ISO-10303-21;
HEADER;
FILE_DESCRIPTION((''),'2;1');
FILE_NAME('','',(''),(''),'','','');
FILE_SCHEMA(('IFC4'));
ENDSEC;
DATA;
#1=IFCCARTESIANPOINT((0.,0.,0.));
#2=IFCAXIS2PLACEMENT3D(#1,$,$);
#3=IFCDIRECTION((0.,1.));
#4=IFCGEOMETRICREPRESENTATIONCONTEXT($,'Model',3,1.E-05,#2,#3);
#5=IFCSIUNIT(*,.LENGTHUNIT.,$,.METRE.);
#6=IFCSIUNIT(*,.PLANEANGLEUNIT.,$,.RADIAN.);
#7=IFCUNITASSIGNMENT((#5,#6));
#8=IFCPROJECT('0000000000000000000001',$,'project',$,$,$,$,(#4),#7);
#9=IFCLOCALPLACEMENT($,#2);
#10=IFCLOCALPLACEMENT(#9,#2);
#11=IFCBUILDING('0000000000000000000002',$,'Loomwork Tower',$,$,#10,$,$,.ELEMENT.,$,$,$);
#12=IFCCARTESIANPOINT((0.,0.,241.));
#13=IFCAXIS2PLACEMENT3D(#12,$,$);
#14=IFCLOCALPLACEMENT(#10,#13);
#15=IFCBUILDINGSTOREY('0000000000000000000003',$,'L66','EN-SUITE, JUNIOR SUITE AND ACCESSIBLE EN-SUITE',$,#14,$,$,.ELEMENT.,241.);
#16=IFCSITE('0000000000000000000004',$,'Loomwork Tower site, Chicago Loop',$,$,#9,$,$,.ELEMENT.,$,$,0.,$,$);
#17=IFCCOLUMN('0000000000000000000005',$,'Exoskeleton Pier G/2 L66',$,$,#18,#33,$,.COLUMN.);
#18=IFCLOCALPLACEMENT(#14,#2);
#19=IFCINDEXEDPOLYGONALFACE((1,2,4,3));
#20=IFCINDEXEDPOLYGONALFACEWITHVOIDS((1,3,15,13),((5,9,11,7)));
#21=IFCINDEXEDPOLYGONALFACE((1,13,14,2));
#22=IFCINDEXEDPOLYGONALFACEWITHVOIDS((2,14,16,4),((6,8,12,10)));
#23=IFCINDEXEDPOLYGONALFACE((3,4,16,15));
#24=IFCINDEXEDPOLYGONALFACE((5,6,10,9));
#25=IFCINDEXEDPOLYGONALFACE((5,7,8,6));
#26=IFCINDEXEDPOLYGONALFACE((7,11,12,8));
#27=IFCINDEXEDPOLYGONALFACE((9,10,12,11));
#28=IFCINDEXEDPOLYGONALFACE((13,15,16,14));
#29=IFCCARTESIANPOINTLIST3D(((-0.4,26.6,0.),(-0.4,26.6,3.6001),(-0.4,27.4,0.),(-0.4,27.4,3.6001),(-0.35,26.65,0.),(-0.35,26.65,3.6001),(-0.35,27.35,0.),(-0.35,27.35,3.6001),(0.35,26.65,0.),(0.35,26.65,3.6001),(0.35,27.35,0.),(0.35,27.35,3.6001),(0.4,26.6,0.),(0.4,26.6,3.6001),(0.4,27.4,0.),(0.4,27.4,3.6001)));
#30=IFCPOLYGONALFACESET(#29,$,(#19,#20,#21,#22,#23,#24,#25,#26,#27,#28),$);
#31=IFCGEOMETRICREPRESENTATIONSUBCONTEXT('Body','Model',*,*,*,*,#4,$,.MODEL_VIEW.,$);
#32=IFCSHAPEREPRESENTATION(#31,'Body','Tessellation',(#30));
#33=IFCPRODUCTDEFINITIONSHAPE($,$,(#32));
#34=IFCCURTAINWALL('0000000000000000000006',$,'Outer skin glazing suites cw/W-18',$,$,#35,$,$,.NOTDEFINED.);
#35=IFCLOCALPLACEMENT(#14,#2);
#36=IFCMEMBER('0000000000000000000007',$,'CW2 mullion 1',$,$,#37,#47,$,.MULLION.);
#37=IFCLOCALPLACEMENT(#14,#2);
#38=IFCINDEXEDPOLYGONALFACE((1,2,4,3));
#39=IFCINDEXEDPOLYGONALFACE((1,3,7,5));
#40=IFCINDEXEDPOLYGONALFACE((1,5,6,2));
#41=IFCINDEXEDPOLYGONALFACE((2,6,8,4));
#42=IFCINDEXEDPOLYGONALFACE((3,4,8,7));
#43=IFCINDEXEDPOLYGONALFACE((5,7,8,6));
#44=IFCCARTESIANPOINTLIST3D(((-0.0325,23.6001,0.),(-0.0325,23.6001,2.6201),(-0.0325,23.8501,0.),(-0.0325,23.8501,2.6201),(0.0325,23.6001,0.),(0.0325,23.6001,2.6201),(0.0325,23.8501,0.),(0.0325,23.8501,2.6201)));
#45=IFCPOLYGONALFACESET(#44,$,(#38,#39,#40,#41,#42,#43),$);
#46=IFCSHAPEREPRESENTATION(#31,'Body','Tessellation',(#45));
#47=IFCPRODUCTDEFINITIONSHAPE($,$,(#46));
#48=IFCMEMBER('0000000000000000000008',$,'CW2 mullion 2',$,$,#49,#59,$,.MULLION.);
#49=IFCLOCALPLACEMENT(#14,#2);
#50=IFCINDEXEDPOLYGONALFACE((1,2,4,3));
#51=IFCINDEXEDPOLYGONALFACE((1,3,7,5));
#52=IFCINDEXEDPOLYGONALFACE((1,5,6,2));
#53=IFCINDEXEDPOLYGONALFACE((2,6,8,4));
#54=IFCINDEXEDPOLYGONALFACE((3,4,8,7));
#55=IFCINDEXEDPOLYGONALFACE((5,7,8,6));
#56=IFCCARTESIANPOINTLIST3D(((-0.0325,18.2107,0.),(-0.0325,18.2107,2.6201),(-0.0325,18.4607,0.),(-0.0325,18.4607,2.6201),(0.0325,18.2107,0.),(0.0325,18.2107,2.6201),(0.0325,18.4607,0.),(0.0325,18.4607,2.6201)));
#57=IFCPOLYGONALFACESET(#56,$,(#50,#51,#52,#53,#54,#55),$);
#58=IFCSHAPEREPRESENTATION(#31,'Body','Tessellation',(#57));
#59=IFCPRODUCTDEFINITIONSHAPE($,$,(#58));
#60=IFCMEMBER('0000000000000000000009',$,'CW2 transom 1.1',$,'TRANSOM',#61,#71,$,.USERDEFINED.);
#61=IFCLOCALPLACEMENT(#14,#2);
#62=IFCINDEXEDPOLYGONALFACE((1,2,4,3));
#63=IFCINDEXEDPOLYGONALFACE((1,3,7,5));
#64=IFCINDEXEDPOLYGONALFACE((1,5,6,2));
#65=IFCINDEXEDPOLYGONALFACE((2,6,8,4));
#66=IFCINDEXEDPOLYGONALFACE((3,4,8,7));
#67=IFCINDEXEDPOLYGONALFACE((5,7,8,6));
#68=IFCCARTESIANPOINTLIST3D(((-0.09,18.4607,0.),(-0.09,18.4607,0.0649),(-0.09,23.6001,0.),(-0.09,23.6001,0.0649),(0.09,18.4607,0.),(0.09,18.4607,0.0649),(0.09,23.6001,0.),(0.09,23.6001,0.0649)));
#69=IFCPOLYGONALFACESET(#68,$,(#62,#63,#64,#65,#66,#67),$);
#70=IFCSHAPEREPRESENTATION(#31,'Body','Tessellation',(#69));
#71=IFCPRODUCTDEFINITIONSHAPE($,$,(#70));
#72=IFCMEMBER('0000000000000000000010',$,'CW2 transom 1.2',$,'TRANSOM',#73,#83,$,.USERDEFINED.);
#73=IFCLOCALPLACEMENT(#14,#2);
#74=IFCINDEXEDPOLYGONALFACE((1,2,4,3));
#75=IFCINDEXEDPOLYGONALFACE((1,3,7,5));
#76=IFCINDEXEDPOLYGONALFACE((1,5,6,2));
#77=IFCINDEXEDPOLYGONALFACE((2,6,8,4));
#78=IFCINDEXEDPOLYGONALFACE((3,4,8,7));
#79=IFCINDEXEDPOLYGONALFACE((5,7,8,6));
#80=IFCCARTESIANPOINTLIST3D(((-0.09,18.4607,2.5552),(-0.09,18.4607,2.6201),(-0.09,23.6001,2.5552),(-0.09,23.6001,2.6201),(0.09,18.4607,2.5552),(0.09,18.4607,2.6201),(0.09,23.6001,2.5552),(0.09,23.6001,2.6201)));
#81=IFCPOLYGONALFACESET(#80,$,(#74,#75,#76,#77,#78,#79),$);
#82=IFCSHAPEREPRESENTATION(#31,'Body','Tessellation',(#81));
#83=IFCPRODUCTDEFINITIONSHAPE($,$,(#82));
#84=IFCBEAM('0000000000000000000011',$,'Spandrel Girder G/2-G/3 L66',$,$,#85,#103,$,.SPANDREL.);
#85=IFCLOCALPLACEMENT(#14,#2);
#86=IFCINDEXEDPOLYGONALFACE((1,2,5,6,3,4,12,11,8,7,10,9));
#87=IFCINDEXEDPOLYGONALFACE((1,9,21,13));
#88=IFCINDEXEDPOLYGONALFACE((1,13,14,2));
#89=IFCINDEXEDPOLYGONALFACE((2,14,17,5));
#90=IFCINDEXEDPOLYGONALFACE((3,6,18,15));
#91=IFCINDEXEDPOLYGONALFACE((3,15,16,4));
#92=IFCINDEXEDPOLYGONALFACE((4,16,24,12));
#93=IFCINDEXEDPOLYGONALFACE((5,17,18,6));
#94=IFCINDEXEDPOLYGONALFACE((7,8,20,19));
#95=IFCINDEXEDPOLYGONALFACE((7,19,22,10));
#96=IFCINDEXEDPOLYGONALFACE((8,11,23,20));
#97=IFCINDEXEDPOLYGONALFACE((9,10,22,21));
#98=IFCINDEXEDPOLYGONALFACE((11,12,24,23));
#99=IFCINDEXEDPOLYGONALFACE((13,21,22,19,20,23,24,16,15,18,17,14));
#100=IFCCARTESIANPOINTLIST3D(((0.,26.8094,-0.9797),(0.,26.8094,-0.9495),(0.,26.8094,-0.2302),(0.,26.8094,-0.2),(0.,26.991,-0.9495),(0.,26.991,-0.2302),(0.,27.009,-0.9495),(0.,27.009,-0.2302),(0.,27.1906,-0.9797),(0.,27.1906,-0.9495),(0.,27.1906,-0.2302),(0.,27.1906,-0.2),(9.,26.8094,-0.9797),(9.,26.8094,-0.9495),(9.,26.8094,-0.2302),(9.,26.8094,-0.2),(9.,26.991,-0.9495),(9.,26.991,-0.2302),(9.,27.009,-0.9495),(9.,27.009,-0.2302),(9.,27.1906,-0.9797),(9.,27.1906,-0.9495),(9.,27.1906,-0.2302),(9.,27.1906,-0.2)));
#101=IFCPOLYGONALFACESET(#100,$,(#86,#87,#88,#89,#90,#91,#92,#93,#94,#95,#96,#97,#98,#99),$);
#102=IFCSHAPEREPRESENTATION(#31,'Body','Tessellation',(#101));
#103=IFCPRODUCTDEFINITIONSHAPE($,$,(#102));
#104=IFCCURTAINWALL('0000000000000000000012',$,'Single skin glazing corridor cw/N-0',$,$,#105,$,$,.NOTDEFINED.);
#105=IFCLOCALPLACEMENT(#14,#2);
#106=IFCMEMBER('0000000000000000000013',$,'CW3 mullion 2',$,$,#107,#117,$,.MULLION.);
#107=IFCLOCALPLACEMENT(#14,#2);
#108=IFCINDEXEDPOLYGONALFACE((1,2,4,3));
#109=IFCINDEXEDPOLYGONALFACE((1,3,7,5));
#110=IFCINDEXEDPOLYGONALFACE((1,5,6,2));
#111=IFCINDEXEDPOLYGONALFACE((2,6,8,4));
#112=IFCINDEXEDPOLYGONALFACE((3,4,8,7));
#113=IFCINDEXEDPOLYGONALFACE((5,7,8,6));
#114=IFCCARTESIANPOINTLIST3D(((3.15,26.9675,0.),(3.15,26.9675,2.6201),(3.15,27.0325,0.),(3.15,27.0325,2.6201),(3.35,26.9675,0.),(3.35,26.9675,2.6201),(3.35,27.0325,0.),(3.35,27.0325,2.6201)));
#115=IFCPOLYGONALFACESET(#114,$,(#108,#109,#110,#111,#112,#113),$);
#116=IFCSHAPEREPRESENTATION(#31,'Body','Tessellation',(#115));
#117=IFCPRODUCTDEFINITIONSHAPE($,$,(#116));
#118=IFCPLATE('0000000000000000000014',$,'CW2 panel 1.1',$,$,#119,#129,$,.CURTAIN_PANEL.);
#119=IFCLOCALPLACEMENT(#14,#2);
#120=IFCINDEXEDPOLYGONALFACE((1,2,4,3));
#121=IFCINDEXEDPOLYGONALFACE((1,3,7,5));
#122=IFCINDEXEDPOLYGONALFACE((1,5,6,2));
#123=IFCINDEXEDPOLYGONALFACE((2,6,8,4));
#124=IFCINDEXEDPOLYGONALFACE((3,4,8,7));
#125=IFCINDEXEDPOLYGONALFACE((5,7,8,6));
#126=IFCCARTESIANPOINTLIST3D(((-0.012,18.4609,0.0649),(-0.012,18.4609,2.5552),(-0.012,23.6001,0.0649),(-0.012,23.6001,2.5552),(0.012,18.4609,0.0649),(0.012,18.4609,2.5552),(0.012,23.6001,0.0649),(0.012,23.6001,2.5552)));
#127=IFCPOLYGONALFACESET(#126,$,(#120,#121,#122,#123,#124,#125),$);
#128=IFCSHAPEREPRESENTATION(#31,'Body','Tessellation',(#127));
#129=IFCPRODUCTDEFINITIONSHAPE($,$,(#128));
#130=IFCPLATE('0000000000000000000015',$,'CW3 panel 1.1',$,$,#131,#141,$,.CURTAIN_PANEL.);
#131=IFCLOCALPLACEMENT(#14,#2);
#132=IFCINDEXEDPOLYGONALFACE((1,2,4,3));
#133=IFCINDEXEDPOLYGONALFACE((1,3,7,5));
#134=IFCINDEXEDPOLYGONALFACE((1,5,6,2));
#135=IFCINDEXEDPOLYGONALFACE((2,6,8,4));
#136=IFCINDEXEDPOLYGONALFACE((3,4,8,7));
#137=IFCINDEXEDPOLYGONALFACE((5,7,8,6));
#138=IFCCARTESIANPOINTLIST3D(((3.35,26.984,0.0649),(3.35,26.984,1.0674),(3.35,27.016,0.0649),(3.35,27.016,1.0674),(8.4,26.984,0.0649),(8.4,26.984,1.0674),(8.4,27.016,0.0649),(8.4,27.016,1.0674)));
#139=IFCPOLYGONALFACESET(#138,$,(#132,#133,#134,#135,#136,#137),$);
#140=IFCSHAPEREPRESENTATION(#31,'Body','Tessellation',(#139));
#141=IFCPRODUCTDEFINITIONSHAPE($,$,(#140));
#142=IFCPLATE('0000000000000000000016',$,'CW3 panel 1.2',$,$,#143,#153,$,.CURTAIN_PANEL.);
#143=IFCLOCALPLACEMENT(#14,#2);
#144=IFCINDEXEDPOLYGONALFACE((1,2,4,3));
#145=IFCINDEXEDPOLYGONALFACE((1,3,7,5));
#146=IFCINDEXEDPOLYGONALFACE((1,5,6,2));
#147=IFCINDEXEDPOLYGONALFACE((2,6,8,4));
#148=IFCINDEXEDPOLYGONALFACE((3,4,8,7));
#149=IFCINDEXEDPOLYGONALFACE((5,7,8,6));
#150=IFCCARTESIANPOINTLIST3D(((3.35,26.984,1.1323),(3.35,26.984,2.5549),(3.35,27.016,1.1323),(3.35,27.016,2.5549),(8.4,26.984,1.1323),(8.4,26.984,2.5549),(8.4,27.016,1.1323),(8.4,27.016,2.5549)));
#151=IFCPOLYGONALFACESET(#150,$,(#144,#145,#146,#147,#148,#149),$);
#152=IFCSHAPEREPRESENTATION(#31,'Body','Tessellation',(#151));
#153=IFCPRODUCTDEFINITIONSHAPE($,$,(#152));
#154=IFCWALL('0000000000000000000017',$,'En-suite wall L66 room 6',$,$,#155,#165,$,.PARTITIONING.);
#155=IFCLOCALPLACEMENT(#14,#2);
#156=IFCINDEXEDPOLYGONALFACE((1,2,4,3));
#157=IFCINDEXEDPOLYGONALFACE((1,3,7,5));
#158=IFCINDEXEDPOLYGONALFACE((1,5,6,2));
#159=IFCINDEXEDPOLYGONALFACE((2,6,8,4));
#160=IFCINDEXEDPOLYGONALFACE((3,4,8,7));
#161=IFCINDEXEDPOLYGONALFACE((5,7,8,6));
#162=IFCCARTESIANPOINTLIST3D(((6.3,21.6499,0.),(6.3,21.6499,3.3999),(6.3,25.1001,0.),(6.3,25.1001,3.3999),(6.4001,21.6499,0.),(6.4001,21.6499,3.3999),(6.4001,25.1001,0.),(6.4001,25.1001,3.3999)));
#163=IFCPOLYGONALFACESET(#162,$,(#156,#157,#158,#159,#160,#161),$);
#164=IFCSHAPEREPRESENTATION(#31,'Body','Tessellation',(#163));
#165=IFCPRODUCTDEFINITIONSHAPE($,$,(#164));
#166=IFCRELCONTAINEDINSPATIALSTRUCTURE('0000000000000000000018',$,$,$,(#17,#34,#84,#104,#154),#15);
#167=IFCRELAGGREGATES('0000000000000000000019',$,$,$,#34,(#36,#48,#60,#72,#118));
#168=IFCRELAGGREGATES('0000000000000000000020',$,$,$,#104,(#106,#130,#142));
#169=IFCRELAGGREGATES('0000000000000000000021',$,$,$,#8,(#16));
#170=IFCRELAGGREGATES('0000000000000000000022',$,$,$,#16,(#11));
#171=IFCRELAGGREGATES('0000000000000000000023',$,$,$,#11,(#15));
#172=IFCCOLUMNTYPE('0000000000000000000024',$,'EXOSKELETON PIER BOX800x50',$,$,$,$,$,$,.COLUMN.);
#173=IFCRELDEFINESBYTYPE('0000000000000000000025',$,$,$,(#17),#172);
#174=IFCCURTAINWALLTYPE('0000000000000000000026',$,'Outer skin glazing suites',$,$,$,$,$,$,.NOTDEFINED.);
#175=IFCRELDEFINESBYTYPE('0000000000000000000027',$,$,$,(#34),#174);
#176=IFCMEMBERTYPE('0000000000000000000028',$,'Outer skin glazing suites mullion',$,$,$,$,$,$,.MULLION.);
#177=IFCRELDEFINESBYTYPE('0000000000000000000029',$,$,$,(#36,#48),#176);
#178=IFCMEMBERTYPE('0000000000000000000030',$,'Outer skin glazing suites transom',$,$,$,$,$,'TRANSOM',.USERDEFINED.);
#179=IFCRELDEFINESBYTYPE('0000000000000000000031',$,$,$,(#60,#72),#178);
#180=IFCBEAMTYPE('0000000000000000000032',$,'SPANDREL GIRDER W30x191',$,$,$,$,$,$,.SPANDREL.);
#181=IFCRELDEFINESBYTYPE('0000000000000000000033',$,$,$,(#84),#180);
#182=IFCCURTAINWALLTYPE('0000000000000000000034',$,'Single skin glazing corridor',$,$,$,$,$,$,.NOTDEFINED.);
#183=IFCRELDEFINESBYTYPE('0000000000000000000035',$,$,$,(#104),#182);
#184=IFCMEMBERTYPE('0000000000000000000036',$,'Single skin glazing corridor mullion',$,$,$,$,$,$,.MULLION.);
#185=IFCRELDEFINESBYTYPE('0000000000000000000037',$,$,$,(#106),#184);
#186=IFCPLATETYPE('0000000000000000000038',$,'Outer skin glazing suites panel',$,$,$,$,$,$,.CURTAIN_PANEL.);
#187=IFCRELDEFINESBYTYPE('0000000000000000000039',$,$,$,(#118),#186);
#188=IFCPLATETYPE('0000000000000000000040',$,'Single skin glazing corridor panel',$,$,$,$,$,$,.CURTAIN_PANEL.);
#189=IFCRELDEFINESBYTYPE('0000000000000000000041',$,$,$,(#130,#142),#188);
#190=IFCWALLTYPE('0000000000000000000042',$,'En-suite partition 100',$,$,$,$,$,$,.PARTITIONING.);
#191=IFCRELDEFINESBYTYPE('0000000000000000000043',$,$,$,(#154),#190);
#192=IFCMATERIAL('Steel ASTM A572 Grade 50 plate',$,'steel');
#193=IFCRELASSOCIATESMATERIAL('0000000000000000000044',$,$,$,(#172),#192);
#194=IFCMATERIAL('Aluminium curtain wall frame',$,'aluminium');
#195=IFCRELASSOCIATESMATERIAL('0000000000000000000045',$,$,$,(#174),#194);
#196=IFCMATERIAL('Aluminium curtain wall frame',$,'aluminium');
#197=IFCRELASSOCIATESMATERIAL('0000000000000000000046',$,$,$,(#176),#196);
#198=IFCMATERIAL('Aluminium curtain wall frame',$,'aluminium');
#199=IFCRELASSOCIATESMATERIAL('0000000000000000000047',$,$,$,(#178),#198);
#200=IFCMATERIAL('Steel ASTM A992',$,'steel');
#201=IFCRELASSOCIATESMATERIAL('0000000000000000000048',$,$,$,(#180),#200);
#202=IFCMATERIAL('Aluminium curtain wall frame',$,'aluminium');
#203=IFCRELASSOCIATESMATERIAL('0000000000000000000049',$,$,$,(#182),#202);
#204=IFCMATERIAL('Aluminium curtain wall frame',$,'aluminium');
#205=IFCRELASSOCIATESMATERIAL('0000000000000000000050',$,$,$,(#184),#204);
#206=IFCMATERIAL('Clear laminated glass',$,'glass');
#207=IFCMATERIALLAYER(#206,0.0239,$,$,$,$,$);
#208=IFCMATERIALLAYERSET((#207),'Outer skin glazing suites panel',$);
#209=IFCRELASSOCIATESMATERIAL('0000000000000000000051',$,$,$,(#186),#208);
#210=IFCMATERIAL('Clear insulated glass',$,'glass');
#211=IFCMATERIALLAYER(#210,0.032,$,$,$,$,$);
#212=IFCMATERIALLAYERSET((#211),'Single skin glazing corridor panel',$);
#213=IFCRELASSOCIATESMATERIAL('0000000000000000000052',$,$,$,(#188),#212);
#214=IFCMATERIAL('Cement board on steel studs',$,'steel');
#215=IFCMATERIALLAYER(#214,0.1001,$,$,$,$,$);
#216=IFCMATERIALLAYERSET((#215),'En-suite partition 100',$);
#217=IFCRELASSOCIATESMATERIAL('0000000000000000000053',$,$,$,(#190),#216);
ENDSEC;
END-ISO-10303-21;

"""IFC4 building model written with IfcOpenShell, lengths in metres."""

from ifc_helpers import new_model, si_unit, direction, frame, frame_2d, origin, origin_2d, place, context, subcontext, project, spatial, rectangle, hollow_rectangle, i_section, extrude, material, layer, layer_set, material_profile, profile_set, type_object, element, aggregate, save


model = new_model("IFC4")

# Units and contexts
model_context = context("Model", 3, precision=1e-05, world=origin(), true_north=direction((0.0, 1.0)))
body_context = subcontext(model_context, "Body", "Model", "MODEL_VIEW")
ifc_project = project(units=[si_unit("LENGTHUNIT", "METRE"), si_unit("PLANEANGLEUNIT", "RADIAN")], contexts=[model_context])

# Site, building, storey
site_placement = place(None, origin())
site = spatial("IfcSite", under=ifc_project, at=site_placement, Name="Loomwork Tower site, Chicago Loop", CompositionType="ELEMENT", RefElevation=0.0)
building_placement = place(site_placement, origin())
building = spatial("IfcBuilding", under=site, at=building_placement, Name="Loomwork Tower", CompositionType="ELEMENT")
storey_placement = place(building_placement, frame((0.0, 0.0, 241.0)))
storey = spatial("IfcBuildingStorey", under=building, at=storey_placement, Name="L66", Description="EN-SUITE, JUNIOR SUITE AND ACCESSIBLE EN-SUITE", CompositionType="ELEMENT", Elevation=241.0)

# Column
ifc_material_1 = material(Name="Steel ASTM A572 Grade 50 plate", Category="steel")
ifc_material_profile_1 = material_profile(ifc_material_1, hollow_rectangle(XDim=0.8, YDim=0.8, WallThickness=0.05, at=origin_2d()), Name="BOX800x50")
ifc_profile_set_1 = profile_set([ifc_material_profile_1], Name="Steel ASTM A572 Grade 50 plate")
column_type = type_object("IfcColumnType", Name="EXOSKELETON PIER BOX800x50", PredefinedType="COLUMN", material=ifc_profile_set_1)
column_placement = place(storey_placement, frame((0.0, 27.0, 0.0), z_axis=(0.0, 0.0, 1.0), x_axis=(0.0, 1.0, 0.0)))
element("IfcColumn", 1, at=column_placement, inside=storey, type_object=column_type, Name="Exoskeleton Pier G/2 L66", PredefinedType="COLUMN", context=body_context, shape_type="SweptSolid", body=[
    extrude(hollow_rectangle(XDim=0.8, YDim=0.8, WallThickness=0.05, at=origin_2d()), origin(), (0.0, 0.0, 1.0), 3.6001),
])

# Curtain wall, members
ifc_material_2 = material(Name="Aluminium curtain wall frame", Category="aluminium")
curtain_wall_type_1 = type_object("IfcCurtainWallType", Name="Outer skin glazing suites", PredefinedType="NOTDEFINED", material=ifc_material_2)
curtain_wall_1_placement = place(storey_placement, origin())
curtain_wall_1 = element("IfcCurtainWall", 2, at=curtain_wall_1_placement, inside=storey, type_object=curtain_wall_type_1, Name="Outer skin glazing suites cw/W-18", PredefinedType="NOTDEFINED")
ifc_material_3 = material(Name="Aluminium curtain wall frame", Category="aluminium")
ifc_material_profile_2 = material_profile(ifc_material_3, rectangle(XDim=0.0649, YDim=0.25, at=origin_2d()), Name="AL 65x250")
ifc_profile_set_2 = profile_set([ifc_material_profile_2], Name="Aluminium curtain wall frame")
member_type_1 = type_object("IfcMemberType", Name="Outer skin glazing suites mullion", PredefinedType="MULLION", material=ifc_profile_set_2)
member_1_placement = place(storey_placement, frame((0.0, 23.7251, 0.0), z_axis=(0.0, 0.0, 1.0), x_axis=(1.0, 0.0, 0.0)))
member_1 = element("IfcMember", 3, at=member_1_placement, type_object=member_type_1, Name="CW2 mullion 1", PredefinedType="MULLION", context=body_context, shape_type="SweptSolid", body=[
    extrude(rectangle(XDim=0.0649, YDim=0.25, at=origin_2d()), origin(), (0.0, 0.0, 1.0), 2.6201),
])
member_2_placement = place(storey_placement, frame((0.0, 18.3357, 0.0), z_axis=(0.0, 0.0, 1.0), x_axis=(1.0, 0.0, 0.0)))
member_2 = element("IfcMember", 4, at=member_2_placement, type_object=member_type_1, Name="CW2 mullion 2", PredefinedType="MULLION", context=body_context, shape_type="SweptSolid", body=[
    extrude(rectangle(XDim=0.0649, YDim=0.25, at=origin_2d()), origin(), (0.0, 0.0, 1.0), 2.6201),
])
ifc_material_4 = material(Name="Aluminium curtain wall frame", Category="aluminium")
ifc_material_profile_3 = material_profile(ifc_material_4, rectangle(XDim=0.1799, YDim=0.0649, at=origin_2d()), Name="AL 65x180")
ifc_profile_set_3 = profile_set([ifc_material_profile_3], Name="Aluminium curtain wall frame")
member_type_2 = type_object("IfcMemberType", Name="Outer skin glazing suites transom", ElementType="TRANSOM", PredefinedType="USERDEFINED", material=ifc_profile_set_3)
member_3_placement = place(storey_placement, frame((0.0, 23.6001, 0.0325), z_axis=(0.0, -1.0, 0.0), x_axis=(1.0, 0.0, 0.0)))
member_3 = element("IfcMember", 5, at=member_3_placement, type_object=member_type_2, Name="CW2 transom 1.1", ObjectType="TRANSOM", PredefinedType="USERDEFINED", context=body_context, shape_type="SweptSolid", body=[
    extrude(rectangle(XDim=0.1799, YDim=0.0649, at=origin_2d()), origin(), (0.0, 0.0, 1.0), 5.1394),
])
member_4_placement = place(storey_placement, frame((0.0, 23.6001, 2.5876), z_axis=(0.0, -1.0, 0.0), x_axis=(1.0, 0.0, 0.0)))
member_4 = element("IfcMember", 6, at=member_4_placement, type_object=member_type_2, Name="CW2 transom 1.2", ObjectType="TRANSOM", PredefinedType="USERDEFINED", context=body_context, shape_type="SweptSolid", body=[
    extrude(rectangle(XDim=0.1799, YDim=0.0649, at=origin_2d()), origin(), (0.0, 0.0, 1.0), 5.1394),
])

# Beam
ifc_material_5 = material(Name="Steel ASTM A992", Category="steel")
ifc_material_profile_4 = material_profile(ifc_material_5, i_section(OverallWidth=0.3811, OverallDepth=0.7798, WebThickness=0.0181, FlangeThickness=0.0303, at=origin_2d()), Name="W30x191")
ifc_profile_set_4 = profile_set([ifc_material_profile_4], Name="Steel ASTM A992")
beam_type = type_object("IfcBeamType", Name="SPANDREL GIRDER W30x191", PredefinedType="SPANDREL", material=ifc_profile_set_4)
beam_placement = place(storey_placement, frame((0.0, 27.0, -0.5898), z_axis=(1.0, 0.0, 0.0), x_axis=(0.0, 1.0, 0.0)))
element("IfcBeam", 7, at=beam_placement, inside=storey, type_object=beam_type, Name="Spandrel Girder G/2-G/3 L66", PredefinedType="SPANDREL", context=body_context, shape_type="SweptSolid", body=[
    extrude(i_section(OverallWidth=0.3811, OverallDepth=0.7798, WebThickness=0.0181, FlangeThickness=0.0303, at=origin_2d()), origin(), (0.0, 0.0, 1.0), 9.0),
])

# Curtain wall, member
ifc_material_6 = material(Name="Aluminium curtain wall frame", Category="aluminium")
curtain_wall_type_2 = type_object("IfcCurtainWallType", Name="Single skin glazing corridor", PredefinedType="NOTDEFINED", material=ifc_material_6)
curtain_wall_2_placement = place(storey_placement, origin())
curtain_wall_2 = element("IfcCurtainWall", 8, at=curtain_wall_2_placement, inside=storey, type_object=curtain_wall_type_2, Name="Single skin glazing corridor cw/N-0", PredefinedType="NOTDEFINED")
ifc_material_7 = material(Name="Aluminium curtain wall frame", Category="aluminium")
ifc_material_profile_5 = material_profile(ifc_material_7, rectangle(XDim=0.0649, YDim=0.2, at=origin_2d()), Name="AL 65x200")
ifc_profile_set_5 = profile_set([ifc_material_profile_5], Name="Aluminium curtain wall frame")
member_type_3 = type_object("IfcMemberType", Name="Single skin glazing corridor mullion", PredefinedType="MULLION", material=ifc_profile_set_5)
member_5_placement = place(storey_placement, frame((3.25, 27.0, 0.0), z_axis=(0.0, 0.0, 1.0), x_axis=(0.0, -1.0, 0.0)))
member_5 = element("IfcMember", 9, at=member_5_placement, type_object=member_type_3, Name="CW3 mullion 2", PredefinedType="MULLION", context=body_context, shape_type="SweptSolid", body=[
    extrude(rectangle(XDim=0.0649, YDim=0.2, at=origin_2d()), origin(), (0.0, 0.0, 1.0), 2.6201),
])

# Plates
ifc_material_8 = material(Name="Clear laminated glass", Category="glass")
ifc_layer_1 = layer(ifc_material_8, 0.0239)
ifc_layer_set_1 = layer_set([ifc_layer_1], Name="Outer skin glazing suites panel")
plate_type_1 = type_object("IfcPlateType", Name="Outer skin glazing suites panel", PredefinedType="CURTAIN_PANEL", material=ifc_layer_set_1)
plate_1_placement = place(storey_placement, frame((0.0, 21.0305, 0.0649), z_axis=(0.0, 0.0, 1.0), x_axis=(0.0, -1.0, 0.0)))
plate_1 = element("IfcPlate", 10, at=plate_1_placement, type_object=plate_type_1, Name="CW2 panel 1.1", PredefinedType="CURTAIN_PANEL", context=body_context, shape_type="SweptSolid", body=[
    extrude(rectangle(XDim=5.1392, YDim=0.0239, at=origin_2d()), origin(), (0.0, 0.0, 1.0), 2.4902),
])
aggregate(curtain_wall_1, [member_1, member_2, member_3, member_4, plate_1])
ifc_material_9 = material(Name="Clear insulated glass", Category="glass")
ifc_layer_2 = layer(ifc_material_9, 0.032)
ifc_layer_set_2 = layer_set([ifc_layer_2], Name="Single skin glazing corridor panel")
plate_type_2 = type_object("IfcPlateType", Name="Single skin glazing corridor panel", PredefinedType="CURTAIN_PANEL", material=ifc_layer_set_2)
plate_2_placement = place(storey_placement, frame((5.875, 27.0, 0.0649), z_axis=(0.0, 0.0, 1.0), x_axis=(-1.0, 0.0, 0.0)))
plate_2 = element("IfcPlate", 11, at=plate_2_placement, type_object=plate_type_2, Name="CW3 panel 1.1", PredefinedType="CURTAIN_PANEL", context=body_context, shape_type="SweptSolid", body=[
    extrude(rectangle(XDim=5.05, YDim=0.032, at=origin_2d()), origin(), (0.0, 0.0, 1.0), 1.0024),
])
plate_3_placement = place(storey_placement, frame((5.875, 27.0, 1.1323), z_axis=(0.0, 0.0, 1.0), x_axis=(-1.0, 0.0, 0.0)))
plate_3 = element("IfcPlate", 12, at=plate_3_placement, type_object=plate_type_2, Name="CW3 panel 1.2", PredefinedType="CURTAIN_PANEL", context=body_context, shape_type="SweptSolid", body=[
    extrude(rectangle(XDim=5.05, YDim=0.032, at=origin_2d()), origin(), (0.0, 0.0, 1.0), 1.4226),
])
aggregate(curtain_wall_2, [member_5, plate_2, plate_3])

# Wall
ifc_material_10 = material(Name="Cement board on steel studs", Category="steel")
ifc_layer_3 = layer(ifc_material_10, 0.1001)
ifc_layer_set_3 = layer_set([ifc_layer_3], Name="En-suite partition 100")
wall_type_1 = type_object("IfcWallType", Name="En-suite partition 100", PredefinedType="PARTITIONING", material=ifc_layer_set_3)
wall_1_placement = place(storey_placement, frame((6.3501, 21.6499, 0.0), z_axis=(0.0, 0.0, 1.0), x_axis=(0.0, 1.0, 0.0)))
element("IfcWall", 13, at=wall_1_placement, inside=storey, type_object=wall_type_1, Name="En-suite wall L66 room 6", PredefinedType="PARTITIONING", context=body_context, shape_type="SweptSolid", body=[
    extrude(rectangle(XDim=3.4502, YDim=0.1001, at=frame_2d((1.7251, 0.0))), origin(), (0.0, 0.0, 1.0), 3.3999),
])

save(model, "model.ifc")
